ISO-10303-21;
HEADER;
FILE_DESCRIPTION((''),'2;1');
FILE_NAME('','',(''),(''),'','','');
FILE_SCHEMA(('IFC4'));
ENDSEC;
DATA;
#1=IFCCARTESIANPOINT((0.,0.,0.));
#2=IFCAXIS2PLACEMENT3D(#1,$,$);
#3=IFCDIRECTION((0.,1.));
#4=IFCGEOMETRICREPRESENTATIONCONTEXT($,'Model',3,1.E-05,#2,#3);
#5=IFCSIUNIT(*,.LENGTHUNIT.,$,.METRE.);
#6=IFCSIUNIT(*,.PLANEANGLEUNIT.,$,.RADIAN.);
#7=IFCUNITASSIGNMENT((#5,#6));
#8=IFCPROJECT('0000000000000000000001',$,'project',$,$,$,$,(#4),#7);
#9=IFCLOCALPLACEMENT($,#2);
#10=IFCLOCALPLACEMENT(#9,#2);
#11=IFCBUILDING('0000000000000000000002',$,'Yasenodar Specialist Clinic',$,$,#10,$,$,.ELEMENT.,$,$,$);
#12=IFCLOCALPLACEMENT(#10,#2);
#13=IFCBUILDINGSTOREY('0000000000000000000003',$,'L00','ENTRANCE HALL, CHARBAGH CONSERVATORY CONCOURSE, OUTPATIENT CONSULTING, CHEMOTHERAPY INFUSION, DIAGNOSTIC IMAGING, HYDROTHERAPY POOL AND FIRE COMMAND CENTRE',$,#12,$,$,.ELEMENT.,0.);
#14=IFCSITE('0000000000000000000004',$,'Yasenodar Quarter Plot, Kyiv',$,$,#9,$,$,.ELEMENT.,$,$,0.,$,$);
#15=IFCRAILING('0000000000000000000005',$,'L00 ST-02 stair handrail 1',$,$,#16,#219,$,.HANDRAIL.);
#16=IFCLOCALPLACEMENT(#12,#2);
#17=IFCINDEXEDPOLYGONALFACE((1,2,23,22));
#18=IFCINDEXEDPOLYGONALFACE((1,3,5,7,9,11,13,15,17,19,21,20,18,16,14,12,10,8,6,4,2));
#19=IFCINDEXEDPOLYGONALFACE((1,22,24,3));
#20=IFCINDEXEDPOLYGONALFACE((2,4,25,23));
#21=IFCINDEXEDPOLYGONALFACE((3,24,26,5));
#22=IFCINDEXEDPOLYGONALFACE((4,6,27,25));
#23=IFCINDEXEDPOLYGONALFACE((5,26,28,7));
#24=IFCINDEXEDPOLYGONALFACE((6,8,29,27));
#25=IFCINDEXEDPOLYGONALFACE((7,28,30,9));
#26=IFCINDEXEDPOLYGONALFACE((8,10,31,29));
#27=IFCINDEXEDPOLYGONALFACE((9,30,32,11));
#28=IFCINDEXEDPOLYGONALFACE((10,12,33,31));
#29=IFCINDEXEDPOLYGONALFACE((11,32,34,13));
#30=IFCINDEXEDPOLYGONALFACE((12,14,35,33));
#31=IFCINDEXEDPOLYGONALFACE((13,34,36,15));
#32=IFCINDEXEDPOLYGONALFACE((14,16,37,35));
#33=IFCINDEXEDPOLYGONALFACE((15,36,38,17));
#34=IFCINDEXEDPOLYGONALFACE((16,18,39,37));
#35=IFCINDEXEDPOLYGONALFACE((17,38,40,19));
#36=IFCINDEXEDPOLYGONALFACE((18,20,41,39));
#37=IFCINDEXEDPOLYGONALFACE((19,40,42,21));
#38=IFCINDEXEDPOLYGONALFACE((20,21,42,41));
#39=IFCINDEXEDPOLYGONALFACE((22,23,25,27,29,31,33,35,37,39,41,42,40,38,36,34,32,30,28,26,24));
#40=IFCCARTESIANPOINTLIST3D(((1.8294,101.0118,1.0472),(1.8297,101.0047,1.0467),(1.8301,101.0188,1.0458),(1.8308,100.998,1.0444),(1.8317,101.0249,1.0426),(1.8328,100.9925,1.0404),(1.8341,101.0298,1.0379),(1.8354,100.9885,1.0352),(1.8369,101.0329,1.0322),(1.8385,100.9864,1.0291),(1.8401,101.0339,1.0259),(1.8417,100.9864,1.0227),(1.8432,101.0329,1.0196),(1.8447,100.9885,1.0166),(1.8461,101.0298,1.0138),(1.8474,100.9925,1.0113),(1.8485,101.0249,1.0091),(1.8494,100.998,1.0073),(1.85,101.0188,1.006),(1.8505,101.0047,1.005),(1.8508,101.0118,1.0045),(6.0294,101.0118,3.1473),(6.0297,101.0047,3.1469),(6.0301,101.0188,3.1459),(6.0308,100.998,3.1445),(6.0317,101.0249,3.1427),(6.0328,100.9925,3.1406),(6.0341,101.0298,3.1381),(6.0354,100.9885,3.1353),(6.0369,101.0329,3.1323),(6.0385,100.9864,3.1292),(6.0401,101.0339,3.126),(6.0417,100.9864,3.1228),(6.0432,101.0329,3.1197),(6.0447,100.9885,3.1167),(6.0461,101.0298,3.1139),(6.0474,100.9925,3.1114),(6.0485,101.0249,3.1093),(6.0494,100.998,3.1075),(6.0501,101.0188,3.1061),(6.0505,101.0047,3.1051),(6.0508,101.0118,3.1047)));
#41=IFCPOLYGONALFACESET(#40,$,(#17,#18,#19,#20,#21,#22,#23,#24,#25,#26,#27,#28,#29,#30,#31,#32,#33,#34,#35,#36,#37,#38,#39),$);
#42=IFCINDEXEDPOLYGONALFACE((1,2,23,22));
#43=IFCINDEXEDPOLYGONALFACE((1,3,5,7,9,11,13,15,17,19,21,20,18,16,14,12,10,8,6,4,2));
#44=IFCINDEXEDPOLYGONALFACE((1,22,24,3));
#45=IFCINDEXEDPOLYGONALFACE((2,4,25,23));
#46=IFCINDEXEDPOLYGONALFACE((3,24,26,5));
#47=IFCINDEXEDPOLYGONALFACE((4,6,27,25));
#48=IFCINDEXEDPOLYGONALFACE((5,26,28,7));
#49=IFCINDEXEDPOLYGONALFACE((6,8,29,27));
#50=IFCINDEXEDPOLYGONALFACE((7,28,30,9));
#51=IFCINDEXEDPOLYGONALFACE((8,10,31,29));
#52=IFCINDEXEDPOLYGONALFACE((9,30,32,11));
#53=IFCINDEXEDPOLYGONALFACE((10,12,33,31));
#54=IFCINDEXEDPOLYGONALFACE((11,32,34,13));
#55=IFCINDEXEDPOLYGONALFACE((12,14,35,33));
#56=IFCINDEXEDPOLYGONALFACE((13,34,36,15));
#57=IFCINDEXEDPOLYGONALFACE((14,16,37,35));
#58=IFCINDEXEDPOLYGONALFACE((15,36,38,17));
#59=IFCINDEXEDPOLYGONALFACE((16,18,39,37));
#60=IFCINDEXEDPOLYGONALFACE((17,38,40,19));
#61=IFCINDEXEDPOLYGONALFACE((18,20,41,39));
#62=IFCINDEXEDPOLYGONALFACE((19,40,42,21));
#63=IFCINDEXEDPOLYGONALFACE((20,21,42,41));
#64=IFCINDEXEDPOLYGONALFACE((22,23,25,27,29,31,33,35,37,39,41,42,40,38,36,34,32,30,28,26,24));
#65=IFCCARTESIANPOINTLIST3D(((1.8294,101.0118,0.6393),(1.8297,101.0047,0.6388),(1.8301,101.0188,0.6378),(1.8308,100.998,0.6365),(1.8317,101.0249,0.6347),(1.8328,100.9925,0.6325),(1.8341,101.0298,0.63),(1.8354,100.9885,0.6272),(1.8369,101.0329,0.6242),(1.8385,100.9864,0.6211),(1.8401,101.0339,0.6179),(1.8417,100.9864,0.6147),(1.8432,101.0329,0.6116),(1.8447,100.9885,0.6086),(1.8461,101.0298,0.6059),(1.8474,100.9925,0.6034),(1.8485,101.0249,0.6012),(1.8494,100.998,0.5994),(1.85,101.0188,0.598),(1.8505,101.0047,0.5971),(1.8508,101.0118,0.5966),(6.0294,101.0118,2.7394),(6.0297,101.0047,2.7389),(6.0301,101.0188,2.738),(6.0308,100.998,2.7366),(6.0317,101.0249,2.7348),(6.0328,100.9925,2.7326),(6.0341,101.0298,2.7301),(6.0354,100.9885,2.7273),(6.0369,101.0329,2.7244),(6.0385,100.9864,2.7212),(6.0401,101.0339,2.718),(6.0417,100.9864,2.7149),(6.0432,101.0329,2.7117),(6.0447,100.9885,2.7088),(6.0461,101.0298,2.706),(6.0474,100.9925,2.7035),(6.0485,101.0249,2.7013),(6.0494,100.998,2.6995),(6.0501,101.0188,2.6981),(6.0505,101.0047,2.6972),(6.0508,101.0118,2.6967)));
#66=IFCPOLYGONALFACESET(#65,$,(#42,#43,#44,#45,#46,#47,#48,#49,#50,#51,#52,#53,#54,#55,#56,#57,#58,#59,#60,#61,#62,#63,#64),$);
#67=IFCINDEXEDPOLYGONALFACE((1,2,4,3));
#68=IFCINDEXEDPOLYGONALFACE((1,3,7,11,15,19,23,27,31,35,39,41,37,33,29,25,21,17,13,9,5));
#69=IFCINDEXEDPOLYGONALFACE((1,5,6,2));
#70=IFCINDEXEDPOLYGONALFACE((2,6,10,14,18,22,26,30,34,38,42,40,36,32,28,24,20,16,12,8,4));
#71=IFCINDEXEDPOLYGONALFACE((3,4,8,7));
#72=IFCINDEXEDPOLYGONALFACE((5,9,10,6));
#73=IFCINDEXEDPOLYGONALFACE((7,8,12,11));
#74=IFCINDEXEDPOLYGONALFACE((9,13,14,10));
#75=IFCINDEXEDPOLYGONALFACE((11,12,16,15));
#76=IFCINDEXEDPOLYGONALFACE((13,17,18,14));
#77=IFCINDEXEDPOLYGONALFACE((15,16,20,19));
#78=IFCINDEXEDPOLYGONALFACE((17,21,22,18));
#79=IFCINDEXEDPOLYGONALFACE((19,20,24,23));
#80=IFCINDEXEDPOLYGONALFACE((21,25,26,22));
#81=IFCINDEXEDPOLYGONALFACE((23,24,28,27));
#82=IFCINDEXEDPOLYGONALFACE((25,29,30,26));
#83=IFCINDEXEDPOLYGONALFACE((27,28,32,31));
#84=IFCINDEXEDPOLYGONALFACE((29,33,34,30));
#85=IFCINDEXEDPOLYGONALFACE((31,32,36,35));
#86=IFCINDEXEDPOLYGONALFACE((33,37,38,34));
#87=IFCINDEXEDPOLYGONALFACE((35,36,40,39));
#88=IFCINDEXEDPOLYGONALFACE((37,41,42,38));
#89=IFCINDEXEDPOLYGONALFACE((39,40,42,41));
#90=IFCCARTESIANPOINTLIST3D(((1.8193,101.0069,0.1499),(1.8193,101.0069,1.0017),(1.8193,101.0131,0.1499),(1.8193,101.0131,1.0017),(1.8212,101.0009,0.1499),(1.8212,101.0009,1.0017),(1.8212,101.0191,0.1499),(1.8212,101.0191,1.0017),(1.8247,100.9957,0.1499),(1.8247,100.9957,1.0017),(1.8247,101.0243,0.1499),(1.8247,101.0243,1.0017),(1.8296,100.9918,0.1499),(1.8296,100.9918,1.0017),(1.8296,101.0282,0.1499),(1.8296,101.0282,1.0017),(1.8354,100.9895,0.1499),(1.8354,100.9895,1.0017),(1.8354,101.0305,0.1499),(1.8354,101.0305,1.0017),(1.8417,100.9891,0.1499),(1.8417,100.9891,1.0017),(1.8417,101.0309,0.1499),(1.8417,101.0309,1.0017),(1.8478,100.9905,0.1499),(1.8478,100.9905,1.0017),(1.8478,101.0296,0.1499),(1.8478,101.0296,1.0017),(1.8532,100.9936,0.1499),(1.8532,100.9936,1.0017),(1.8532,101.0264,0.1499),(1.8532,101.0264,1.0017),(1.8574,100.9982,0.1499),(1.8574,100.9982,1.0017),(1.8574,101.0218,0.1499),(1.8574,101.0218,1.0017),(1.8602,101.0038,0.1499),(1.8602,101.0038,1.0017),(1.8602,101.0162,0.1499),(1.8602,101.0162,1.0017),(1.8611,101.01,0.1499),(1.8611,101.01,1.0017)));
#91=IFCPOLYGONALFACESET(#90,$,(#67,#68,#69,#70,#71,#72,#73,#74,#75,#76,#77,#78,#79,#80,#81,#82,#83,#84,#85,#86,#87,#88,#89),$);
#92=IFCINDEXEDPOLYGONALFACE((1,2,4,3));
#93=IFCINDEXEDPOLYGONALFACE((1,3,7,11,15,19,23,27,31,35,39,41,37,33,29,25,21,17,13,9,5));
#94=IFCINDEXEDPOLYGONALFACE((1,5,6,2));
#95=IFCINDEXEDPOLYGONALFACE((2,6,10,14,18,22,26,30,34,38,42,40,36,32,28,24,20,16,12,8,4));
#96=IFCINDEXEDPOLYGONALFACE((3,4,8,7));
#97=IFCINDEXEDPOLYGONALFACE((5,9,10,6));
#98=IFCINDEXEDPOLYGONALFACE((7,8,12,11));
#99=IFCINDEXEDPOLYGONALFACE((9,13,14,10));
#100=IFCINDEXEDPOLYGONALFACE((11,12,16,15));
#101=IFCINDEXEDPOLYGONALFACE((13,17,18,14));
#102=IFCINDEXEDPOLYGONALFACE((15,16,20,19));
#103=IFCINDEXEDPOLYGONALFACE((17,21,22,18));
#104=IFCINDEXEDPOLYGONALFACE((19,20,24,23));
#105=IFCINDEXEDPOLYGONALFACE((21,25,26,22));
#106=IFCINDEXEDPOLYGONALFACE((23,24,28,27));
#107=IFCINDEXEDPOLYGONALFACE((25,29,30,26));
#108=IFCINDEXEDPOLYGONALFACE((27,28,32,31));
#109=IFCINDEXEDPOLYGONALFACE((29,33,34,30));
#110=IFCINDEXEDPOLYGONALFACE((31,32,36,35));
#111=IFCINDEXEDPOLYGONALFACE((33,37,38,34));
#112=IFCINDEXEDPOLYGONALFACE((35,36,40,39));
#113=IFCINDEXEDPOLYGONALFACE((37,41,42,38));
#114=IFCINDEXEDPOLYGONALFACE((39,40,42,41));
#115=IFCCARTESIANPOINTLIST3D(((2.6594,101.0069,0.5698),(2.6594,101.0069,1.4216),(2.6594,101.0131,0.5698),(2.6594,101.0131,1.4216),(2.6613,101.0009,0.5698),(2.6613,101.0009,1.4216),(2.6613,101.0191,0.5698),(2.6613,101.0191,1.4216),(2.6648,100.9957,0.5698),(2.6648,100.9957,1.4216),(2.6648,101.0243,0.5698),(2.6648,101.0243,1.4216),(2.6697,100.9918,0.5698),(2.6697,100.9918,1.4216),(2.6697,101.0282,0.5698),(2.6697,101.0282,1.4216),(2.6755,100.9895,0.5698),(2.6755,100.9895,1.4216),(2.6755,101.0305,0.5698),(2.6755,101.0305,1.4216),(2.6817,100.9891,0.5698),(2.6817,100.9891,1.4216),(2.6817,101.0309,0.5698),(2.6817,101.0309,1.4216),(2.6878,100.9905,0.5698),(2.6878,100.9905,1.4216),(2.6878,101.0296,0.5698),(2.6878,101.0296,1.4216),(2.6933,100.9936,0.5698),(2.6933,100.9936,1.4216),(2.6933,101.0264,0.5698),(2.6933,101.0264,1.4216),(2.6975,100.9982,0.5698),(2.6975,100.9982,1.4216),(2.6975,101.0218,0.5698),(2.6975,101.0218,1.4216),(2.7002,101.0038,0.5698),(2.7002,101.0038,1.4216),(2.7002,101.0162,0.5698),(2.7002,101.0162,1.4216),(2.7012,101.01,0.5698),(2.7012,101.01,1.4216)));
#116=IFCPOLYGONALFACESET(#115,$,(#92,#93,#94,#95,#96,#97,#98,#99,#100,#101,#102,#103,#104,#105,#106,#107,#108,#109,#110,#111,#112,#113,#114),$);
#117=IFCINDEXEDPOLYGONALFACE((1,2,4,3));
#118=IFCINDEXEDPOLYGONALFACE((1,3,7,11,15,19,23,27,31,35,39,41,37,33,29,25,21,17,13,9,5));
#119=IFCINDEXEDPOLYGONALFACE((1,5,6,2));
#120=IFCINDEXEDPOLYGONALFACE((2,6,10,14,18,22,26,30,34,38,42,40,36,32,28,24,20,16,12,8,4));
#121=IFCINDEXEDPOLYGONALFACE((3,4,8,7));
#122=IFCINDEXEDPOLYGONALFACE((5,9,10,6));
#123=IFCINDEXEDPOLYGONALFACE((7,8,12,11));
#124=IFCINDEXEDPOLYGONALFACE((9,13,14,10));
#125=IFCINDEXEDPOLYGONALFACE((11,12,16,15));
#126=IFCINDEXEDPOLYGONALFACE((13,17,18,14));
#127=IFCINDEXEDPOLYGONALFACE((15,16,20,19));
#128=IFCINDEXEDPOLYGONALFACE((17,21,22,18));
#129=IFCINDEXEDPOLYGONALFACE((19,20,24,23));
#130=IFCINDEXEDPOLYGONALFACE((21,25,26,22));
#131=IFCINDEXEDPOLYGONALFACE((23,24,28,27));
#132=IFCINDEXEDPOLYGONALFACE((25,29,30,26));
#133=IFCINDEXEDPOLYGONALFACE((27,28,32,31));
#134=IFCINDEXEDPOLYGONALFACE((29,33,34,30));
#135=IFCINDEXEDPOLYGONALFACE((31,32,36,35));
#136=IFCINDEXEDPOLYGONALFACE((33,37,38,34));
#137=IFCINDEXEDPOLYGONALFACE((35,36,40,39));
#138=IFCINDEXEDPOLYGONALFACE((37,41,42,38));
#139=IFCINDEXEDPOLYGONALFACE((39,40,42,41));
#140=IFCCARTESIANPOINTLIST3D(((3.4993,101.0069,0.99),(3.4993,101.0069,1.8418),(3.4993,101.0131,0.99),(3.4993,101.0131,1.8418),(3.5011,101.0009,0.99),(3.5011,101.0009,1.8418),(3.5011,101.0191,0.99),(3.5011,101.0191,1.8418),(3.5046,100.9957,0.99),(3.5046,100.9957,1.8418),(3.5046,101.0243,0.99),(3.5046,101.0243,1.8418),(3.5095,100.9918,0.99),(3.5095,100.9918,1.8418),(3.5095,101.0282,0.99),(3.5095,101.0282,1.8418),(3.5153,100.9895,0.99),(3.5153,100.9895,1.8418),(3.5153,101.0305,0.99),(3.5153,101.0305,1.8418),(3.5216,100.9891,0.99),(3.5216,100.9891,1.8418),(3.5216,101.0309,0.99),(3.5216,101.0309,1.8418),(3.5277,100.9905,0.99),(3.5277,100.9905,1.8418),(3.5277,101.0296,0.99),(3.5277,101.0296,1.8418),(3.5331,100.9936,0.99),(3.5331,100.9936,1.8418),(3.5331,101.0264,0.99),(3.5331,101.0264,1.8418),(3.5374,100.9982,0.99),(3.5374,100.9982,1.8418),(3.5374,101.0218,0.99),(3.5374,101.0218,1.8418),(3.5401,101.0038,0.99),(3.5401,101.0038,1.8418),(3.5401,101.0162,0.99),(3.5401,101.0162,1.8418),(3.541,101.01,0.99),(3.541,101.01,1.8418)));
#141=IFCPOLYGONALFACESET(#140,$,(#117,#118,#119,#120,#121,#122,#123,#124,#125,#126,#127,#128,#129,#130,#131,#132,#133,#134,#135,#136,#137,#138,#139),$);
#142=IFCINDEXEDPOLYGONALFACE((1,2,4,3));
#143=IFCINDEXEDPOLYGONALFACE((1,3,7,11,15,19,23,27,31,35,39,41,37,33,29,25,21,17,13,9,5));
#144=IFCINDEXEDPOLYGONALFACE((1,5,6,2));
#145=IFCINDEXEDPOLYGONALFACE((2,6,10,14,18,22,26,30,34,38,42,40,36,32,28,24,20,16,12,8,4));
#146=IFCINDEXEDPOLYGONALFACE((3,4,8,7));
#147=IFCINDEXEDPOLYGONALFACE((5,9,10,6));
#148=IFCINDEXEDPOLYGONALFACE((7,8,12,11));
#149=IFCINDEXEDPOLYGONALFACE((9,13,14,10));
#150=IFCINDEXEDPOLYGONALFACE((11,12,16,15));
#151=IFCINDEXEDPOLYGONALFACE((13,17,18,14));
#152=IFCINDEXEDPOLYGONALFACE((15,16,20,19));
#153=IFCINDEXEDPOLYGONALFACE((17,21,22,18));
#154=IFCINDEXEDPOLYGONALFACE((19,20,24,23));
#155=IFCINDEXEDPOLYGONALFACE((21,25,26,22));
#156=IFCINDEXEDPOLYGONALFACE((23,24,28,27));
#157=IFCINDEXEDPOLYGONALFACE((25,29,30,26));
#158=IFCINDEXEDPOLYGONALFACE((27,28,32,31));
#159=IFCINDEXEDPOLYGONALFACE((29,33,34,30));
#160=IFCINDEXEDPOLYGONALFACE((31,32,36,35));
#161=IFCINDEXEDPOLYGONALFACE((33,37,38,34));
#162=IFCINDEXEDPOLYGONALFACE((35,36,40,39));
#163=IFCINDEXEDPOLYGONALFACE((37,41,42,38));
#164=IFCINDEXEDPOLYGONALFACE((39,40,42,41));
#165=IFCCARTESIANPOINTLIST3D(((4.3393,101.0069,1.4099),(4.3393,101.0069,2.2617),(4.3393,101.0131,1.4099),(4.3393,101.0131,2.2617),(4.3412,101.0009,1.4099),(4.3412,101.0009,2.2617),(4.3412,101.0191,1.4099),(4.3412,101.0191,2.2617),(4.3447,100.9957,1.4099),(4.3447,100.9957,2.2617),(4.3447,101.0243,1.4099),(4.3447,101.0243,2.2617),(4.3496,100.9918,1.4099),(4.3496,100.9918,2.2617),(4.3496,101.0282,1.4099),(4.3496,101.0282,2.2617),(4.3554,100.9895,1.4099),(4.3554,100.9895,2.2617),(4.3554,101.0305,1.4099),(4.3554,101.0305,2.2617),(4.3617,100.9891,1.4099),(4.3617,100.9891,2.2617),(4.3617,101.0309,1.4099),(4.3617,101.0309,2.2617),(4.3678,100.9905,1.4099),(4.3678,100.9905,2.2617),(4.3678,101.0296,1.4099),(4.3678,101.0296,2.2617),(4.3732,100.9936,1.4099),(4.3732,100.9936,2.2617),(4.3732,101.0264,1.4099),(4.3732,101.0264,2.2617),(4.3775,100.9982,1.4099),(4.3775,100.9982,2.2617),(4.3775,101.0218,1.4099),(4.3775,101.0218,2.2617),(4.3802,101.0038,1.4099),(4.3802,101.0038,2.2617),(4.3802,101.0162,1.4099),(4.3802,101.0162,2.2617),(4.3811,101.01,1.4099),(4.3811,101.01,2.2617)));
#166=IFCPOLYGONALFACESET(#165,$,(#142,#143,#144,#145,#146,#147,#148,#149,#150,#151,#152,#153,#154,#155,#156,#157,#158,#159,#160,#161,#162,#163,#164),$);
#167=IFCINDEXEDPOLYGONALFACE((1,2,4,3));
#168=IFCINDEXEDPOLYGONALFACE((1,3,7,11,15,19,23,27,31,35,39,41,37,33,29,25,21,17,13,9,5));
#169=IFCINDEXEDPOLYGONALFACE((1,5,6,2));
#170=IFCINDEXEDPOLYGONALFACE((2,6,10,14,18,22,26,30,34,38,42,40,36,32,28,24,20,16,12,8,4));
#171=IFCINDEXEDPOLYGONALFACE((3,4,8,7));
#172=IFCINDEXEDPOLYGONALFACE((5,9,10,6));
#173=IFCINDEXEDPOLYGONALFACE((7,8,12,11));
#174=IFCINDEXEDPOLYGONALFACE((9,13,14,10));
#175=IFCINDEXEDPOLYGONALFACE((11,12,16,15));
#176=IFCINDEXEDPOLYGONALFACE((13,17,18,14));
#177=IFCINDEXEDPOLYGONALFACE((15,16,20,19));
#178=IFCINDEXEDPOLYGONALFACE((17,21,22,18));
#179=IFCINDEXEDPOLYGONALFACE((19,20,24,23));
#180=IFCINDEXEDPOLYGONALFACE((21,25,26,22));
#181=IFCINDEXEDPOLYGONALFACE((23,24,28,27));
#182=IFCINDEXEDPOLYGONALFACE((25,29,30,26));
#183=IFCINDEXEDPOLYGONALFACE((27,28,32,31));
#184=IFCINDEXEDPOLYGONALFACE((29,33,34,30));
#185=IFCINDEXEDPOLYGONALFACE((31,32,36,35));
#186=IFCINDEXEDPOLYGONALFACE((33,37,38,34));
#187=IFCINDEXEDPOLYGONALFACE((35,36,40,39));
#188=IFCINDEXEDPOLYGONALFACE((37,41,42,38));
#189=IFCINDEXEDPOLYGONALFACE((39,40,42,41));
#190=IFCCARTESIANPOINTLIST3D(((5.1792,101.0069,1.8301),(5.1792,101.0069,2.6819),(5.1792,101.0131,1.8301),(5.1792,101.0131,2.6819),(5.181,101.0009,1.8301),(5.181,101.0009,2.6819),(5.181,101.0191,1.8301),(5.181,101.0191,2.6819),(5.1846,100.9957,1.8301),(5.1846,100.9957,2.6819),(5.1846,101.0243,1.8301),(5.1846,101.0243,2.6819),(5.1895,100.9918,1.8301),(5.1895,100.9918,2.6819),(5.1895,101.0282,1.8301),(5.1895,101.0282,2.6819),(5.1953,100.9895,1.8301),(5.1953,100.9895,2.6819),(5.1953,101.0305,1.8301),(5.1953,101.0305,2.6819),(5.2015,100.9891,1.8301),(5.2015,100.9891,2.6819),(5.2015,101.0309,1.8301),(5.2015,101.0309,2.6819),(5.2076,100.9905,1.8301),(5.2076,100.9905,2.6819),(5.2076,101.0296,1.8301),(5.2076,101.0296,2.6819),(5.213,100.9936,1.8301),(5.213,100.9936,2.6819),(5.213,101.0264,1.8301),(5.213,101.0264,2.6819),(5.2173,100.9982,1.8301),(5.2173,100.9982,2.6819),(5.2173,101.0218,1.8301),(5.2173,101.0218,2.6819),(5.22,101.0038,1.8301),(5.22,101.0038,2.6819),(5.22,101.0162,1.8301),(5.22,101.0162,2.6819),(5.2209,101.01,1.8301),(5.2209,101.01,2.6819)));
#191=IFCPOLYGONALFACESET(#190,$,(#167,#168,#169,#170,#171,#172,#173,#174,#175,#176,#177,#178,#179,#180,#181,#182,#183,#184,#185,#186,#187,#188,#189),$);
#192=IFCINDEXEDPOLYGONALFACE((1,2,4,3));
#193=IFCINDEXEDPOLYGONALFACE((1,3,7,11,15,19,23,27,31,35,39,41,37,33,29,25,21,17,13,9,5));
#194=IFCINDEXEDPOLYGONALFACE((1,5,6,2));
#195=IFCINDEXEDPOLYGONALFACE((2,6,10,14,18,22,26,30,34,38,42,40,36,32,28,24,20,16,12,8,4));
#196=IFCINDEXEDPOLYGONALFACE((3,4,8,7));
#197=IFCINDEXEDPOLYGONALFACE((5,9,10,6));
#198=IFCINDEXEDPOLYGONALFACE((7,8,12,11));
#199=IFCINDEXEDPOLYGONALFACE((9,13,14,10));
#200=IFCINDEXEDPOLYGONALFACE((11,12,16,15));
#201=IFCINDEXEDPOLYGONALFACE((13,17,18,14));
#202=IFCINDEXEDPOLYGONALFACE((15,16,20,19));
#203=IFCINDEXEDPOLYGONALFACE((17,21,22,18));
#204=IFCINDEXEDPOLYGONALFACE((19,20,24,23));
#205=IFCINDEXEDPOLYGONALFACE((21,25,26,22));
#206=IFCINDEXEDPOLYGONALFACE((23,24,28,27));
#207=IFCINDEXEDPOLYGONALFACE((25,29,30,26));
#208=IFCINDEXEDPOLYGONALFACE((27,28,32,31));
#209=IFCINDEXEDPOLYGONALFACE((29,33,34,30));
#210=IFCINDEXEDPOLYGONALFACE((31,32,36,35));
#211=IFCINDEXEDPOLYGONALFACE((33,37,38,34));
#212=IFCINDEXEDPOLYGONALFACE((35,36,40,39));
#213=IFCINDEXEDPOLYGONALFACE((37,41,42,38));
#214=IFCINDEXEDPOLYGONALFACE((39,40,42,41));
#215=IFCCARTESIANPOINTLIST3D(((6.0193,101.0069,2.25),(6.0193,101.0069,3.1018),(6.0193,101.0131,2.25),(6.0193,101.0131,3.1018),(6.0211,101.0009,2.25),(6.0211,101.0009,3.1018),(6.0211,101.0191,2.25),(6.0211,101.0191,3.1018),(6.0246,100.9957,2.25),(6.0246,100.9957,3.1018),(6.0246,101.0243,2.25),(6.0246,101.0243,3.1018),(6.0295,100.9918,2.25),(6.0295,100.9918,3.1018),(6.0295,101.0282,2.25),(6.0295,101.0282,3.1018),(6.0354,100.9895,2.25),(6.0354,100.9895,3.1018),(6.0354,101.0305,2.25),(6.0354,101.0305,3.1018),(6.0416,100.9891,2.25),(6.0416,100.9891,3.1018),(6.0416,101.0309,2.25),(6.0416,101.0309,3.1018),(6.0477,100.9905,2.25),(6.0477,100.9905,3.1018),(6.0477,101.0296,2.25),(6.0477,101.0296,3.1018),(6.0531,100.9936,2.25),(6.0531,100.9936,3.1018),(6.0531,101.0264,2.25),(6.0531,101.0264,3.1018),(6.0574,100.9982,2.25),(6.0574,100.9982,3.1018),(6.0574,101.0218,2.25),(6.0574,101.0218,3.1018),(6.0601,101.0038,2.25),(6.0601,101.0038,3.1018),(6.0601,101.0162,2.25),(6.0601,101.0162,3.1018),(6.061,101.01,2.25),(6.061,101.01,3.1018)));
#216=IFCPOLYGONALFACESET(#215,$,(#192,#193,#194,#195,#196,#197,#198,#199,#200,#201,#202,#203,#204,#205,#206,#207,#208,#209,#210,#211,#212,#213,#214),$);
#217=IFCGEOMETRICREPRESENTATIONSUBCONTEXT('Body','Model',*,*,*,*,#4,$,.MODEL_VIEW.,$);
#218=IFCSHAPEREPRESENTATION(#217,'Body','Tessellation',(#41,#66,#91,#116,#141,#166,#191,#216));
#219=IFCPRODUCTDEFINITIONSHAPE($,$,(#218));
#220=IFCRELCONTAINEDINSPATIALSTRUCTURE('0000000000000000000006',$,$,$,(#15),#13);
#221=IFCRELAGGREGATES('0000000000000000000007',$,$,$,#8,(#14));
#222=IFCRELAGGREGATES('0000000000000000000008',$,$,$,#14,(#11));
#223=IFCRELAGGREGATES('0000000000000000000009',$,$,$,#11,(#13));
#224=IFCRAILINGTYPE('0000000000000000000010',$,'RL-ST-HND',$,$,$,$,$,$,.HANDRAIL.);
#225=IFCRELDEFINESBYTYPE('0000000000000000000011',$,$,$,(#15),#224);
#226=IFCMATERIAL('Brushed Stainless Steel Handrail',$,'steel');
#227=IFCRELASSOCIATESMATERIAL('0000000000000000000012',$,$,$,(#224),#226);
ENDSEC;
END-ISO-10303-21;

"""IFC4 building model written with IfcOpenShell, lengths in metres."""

from ifc_helpers import new_model, si_unit, direction, frame, origin, origin_2d, place, context, subcontext, project, spatial, circle, extrude, material, type_object, element, save


model = new_model("IFC4")

# Units and contexts
model_context = context("Model", 3, precision=1e-05, world=origin(), true_north=direction((0.0, 1.0)))
body_context = subcontext(model_context, "Body", "Model", "MODEL_VIEW")
ifc_project = project(units=[si_unit("LENGTHUNIT", "METRE"), si_unit("PLANEANGLEUNIT", "RADIAN")], contexts=[model_context])

# Site, building, storey
site_placement = place(None, origin())
site = spatial("IfcSite", under=ifc_project, at=site_placement, Name="Yasenodar Quarter Plot, Kyiv", CompositionType="ELEMENT", RefElevation=0.0)
building_placement = place(site_placement, origin())
building = spatial("IfcBuilding", under=site, at=building_placement, Name="Yasenodar Specialist Clinic", CompositionType="ELEMENT")
storey_placement = place(building_placement, origin())
storey = spatial("IfcBuildingStorey", under=building, at=storey_placement, Name="L00", Description="ENTRANCE HALL, CHARBAGH CONSERVATORY CONCOURSE, OUTPATIENT CONSULTING, CHEMOTHERAPY INFUSION, DIAGNOSTIC IMAGING, HYDROTHERAPY POOL AND FIRE COMMAND CENTRE", CompositionType="ELEMENT", Elevation=0.0)

# Railing
ifc_material_1 = material(Name="Brushed Stainless Steel Handrail", Category="steel")
railing_type_1 = type_object("IfcRailingType", Name="RL-ST-HND", PredefinedType="HANDRAIL", material=ifc_material_1)
railing_1_placement = place(storey_placement, frame((1.8401, 101.01, 0.1499)))
element("IfcRailing", 1, at=railing_1_placement, inside=storey, type_object=railing_type_1, Name="L00 ST-02 stair handrail 1", PredefinedType="HANDRAIL", context=body_context, shape_type="SweptSolid", body=[
    extrude(circle(Radius=0.0239, at=origin_2d()), frame((0.0, 0.0, 0.876), z_axis=(0.894417, 0.0, 0.447234), x_axis=(0.0, 1.0, 0.0)), (0.0, 0.0, 1.0), 4.6958),
    extrude(circle(Radius=0.0239, at=origin_2d()), frame((0.0, 0.0, 0.468), z_axis=(0.894417, 0.0, 0.447234), x_axis=(0.0, 1.0, 0.0)), (0.0, 0.0, 1.0), 4.6958),
    extrude(circle(Radius=0.021, at=origin_2d()), origin(), (0.0, 0.0, 1.0), 0.8518),
    extrude(circle(Radius=0.021, at=origin_2d()), frame((0.8401, 0.0, 0.4199)), (0.0, 0.0, 1.0), 0.8518),
    extrude(circle(Radius=0.021, at=origin_2d()), frame((1.6799, 0.0, 0.8401)), (0.0, 0.0, 1.0), 0.8518),
    extrude(circle(Radius=0.021, at=origin_2d()), frame((2.52, 0.0, 1.26)), (0.0, 0.0, 1.0), 0.8518),
    extrude(circle(Radius=0.021, at=origin_2d()), frame((3.3599, 0.0, 1.6802)), (0.0, 0.0, 1.0), 0.8518),
    extrude(circle(Radius=0.021, at=origin_2d()), frame((4.2, 0.0, 2.1001)), (0.0, 0.0, 1.0), 0.8518),
])

save(model, "model.ifc")
